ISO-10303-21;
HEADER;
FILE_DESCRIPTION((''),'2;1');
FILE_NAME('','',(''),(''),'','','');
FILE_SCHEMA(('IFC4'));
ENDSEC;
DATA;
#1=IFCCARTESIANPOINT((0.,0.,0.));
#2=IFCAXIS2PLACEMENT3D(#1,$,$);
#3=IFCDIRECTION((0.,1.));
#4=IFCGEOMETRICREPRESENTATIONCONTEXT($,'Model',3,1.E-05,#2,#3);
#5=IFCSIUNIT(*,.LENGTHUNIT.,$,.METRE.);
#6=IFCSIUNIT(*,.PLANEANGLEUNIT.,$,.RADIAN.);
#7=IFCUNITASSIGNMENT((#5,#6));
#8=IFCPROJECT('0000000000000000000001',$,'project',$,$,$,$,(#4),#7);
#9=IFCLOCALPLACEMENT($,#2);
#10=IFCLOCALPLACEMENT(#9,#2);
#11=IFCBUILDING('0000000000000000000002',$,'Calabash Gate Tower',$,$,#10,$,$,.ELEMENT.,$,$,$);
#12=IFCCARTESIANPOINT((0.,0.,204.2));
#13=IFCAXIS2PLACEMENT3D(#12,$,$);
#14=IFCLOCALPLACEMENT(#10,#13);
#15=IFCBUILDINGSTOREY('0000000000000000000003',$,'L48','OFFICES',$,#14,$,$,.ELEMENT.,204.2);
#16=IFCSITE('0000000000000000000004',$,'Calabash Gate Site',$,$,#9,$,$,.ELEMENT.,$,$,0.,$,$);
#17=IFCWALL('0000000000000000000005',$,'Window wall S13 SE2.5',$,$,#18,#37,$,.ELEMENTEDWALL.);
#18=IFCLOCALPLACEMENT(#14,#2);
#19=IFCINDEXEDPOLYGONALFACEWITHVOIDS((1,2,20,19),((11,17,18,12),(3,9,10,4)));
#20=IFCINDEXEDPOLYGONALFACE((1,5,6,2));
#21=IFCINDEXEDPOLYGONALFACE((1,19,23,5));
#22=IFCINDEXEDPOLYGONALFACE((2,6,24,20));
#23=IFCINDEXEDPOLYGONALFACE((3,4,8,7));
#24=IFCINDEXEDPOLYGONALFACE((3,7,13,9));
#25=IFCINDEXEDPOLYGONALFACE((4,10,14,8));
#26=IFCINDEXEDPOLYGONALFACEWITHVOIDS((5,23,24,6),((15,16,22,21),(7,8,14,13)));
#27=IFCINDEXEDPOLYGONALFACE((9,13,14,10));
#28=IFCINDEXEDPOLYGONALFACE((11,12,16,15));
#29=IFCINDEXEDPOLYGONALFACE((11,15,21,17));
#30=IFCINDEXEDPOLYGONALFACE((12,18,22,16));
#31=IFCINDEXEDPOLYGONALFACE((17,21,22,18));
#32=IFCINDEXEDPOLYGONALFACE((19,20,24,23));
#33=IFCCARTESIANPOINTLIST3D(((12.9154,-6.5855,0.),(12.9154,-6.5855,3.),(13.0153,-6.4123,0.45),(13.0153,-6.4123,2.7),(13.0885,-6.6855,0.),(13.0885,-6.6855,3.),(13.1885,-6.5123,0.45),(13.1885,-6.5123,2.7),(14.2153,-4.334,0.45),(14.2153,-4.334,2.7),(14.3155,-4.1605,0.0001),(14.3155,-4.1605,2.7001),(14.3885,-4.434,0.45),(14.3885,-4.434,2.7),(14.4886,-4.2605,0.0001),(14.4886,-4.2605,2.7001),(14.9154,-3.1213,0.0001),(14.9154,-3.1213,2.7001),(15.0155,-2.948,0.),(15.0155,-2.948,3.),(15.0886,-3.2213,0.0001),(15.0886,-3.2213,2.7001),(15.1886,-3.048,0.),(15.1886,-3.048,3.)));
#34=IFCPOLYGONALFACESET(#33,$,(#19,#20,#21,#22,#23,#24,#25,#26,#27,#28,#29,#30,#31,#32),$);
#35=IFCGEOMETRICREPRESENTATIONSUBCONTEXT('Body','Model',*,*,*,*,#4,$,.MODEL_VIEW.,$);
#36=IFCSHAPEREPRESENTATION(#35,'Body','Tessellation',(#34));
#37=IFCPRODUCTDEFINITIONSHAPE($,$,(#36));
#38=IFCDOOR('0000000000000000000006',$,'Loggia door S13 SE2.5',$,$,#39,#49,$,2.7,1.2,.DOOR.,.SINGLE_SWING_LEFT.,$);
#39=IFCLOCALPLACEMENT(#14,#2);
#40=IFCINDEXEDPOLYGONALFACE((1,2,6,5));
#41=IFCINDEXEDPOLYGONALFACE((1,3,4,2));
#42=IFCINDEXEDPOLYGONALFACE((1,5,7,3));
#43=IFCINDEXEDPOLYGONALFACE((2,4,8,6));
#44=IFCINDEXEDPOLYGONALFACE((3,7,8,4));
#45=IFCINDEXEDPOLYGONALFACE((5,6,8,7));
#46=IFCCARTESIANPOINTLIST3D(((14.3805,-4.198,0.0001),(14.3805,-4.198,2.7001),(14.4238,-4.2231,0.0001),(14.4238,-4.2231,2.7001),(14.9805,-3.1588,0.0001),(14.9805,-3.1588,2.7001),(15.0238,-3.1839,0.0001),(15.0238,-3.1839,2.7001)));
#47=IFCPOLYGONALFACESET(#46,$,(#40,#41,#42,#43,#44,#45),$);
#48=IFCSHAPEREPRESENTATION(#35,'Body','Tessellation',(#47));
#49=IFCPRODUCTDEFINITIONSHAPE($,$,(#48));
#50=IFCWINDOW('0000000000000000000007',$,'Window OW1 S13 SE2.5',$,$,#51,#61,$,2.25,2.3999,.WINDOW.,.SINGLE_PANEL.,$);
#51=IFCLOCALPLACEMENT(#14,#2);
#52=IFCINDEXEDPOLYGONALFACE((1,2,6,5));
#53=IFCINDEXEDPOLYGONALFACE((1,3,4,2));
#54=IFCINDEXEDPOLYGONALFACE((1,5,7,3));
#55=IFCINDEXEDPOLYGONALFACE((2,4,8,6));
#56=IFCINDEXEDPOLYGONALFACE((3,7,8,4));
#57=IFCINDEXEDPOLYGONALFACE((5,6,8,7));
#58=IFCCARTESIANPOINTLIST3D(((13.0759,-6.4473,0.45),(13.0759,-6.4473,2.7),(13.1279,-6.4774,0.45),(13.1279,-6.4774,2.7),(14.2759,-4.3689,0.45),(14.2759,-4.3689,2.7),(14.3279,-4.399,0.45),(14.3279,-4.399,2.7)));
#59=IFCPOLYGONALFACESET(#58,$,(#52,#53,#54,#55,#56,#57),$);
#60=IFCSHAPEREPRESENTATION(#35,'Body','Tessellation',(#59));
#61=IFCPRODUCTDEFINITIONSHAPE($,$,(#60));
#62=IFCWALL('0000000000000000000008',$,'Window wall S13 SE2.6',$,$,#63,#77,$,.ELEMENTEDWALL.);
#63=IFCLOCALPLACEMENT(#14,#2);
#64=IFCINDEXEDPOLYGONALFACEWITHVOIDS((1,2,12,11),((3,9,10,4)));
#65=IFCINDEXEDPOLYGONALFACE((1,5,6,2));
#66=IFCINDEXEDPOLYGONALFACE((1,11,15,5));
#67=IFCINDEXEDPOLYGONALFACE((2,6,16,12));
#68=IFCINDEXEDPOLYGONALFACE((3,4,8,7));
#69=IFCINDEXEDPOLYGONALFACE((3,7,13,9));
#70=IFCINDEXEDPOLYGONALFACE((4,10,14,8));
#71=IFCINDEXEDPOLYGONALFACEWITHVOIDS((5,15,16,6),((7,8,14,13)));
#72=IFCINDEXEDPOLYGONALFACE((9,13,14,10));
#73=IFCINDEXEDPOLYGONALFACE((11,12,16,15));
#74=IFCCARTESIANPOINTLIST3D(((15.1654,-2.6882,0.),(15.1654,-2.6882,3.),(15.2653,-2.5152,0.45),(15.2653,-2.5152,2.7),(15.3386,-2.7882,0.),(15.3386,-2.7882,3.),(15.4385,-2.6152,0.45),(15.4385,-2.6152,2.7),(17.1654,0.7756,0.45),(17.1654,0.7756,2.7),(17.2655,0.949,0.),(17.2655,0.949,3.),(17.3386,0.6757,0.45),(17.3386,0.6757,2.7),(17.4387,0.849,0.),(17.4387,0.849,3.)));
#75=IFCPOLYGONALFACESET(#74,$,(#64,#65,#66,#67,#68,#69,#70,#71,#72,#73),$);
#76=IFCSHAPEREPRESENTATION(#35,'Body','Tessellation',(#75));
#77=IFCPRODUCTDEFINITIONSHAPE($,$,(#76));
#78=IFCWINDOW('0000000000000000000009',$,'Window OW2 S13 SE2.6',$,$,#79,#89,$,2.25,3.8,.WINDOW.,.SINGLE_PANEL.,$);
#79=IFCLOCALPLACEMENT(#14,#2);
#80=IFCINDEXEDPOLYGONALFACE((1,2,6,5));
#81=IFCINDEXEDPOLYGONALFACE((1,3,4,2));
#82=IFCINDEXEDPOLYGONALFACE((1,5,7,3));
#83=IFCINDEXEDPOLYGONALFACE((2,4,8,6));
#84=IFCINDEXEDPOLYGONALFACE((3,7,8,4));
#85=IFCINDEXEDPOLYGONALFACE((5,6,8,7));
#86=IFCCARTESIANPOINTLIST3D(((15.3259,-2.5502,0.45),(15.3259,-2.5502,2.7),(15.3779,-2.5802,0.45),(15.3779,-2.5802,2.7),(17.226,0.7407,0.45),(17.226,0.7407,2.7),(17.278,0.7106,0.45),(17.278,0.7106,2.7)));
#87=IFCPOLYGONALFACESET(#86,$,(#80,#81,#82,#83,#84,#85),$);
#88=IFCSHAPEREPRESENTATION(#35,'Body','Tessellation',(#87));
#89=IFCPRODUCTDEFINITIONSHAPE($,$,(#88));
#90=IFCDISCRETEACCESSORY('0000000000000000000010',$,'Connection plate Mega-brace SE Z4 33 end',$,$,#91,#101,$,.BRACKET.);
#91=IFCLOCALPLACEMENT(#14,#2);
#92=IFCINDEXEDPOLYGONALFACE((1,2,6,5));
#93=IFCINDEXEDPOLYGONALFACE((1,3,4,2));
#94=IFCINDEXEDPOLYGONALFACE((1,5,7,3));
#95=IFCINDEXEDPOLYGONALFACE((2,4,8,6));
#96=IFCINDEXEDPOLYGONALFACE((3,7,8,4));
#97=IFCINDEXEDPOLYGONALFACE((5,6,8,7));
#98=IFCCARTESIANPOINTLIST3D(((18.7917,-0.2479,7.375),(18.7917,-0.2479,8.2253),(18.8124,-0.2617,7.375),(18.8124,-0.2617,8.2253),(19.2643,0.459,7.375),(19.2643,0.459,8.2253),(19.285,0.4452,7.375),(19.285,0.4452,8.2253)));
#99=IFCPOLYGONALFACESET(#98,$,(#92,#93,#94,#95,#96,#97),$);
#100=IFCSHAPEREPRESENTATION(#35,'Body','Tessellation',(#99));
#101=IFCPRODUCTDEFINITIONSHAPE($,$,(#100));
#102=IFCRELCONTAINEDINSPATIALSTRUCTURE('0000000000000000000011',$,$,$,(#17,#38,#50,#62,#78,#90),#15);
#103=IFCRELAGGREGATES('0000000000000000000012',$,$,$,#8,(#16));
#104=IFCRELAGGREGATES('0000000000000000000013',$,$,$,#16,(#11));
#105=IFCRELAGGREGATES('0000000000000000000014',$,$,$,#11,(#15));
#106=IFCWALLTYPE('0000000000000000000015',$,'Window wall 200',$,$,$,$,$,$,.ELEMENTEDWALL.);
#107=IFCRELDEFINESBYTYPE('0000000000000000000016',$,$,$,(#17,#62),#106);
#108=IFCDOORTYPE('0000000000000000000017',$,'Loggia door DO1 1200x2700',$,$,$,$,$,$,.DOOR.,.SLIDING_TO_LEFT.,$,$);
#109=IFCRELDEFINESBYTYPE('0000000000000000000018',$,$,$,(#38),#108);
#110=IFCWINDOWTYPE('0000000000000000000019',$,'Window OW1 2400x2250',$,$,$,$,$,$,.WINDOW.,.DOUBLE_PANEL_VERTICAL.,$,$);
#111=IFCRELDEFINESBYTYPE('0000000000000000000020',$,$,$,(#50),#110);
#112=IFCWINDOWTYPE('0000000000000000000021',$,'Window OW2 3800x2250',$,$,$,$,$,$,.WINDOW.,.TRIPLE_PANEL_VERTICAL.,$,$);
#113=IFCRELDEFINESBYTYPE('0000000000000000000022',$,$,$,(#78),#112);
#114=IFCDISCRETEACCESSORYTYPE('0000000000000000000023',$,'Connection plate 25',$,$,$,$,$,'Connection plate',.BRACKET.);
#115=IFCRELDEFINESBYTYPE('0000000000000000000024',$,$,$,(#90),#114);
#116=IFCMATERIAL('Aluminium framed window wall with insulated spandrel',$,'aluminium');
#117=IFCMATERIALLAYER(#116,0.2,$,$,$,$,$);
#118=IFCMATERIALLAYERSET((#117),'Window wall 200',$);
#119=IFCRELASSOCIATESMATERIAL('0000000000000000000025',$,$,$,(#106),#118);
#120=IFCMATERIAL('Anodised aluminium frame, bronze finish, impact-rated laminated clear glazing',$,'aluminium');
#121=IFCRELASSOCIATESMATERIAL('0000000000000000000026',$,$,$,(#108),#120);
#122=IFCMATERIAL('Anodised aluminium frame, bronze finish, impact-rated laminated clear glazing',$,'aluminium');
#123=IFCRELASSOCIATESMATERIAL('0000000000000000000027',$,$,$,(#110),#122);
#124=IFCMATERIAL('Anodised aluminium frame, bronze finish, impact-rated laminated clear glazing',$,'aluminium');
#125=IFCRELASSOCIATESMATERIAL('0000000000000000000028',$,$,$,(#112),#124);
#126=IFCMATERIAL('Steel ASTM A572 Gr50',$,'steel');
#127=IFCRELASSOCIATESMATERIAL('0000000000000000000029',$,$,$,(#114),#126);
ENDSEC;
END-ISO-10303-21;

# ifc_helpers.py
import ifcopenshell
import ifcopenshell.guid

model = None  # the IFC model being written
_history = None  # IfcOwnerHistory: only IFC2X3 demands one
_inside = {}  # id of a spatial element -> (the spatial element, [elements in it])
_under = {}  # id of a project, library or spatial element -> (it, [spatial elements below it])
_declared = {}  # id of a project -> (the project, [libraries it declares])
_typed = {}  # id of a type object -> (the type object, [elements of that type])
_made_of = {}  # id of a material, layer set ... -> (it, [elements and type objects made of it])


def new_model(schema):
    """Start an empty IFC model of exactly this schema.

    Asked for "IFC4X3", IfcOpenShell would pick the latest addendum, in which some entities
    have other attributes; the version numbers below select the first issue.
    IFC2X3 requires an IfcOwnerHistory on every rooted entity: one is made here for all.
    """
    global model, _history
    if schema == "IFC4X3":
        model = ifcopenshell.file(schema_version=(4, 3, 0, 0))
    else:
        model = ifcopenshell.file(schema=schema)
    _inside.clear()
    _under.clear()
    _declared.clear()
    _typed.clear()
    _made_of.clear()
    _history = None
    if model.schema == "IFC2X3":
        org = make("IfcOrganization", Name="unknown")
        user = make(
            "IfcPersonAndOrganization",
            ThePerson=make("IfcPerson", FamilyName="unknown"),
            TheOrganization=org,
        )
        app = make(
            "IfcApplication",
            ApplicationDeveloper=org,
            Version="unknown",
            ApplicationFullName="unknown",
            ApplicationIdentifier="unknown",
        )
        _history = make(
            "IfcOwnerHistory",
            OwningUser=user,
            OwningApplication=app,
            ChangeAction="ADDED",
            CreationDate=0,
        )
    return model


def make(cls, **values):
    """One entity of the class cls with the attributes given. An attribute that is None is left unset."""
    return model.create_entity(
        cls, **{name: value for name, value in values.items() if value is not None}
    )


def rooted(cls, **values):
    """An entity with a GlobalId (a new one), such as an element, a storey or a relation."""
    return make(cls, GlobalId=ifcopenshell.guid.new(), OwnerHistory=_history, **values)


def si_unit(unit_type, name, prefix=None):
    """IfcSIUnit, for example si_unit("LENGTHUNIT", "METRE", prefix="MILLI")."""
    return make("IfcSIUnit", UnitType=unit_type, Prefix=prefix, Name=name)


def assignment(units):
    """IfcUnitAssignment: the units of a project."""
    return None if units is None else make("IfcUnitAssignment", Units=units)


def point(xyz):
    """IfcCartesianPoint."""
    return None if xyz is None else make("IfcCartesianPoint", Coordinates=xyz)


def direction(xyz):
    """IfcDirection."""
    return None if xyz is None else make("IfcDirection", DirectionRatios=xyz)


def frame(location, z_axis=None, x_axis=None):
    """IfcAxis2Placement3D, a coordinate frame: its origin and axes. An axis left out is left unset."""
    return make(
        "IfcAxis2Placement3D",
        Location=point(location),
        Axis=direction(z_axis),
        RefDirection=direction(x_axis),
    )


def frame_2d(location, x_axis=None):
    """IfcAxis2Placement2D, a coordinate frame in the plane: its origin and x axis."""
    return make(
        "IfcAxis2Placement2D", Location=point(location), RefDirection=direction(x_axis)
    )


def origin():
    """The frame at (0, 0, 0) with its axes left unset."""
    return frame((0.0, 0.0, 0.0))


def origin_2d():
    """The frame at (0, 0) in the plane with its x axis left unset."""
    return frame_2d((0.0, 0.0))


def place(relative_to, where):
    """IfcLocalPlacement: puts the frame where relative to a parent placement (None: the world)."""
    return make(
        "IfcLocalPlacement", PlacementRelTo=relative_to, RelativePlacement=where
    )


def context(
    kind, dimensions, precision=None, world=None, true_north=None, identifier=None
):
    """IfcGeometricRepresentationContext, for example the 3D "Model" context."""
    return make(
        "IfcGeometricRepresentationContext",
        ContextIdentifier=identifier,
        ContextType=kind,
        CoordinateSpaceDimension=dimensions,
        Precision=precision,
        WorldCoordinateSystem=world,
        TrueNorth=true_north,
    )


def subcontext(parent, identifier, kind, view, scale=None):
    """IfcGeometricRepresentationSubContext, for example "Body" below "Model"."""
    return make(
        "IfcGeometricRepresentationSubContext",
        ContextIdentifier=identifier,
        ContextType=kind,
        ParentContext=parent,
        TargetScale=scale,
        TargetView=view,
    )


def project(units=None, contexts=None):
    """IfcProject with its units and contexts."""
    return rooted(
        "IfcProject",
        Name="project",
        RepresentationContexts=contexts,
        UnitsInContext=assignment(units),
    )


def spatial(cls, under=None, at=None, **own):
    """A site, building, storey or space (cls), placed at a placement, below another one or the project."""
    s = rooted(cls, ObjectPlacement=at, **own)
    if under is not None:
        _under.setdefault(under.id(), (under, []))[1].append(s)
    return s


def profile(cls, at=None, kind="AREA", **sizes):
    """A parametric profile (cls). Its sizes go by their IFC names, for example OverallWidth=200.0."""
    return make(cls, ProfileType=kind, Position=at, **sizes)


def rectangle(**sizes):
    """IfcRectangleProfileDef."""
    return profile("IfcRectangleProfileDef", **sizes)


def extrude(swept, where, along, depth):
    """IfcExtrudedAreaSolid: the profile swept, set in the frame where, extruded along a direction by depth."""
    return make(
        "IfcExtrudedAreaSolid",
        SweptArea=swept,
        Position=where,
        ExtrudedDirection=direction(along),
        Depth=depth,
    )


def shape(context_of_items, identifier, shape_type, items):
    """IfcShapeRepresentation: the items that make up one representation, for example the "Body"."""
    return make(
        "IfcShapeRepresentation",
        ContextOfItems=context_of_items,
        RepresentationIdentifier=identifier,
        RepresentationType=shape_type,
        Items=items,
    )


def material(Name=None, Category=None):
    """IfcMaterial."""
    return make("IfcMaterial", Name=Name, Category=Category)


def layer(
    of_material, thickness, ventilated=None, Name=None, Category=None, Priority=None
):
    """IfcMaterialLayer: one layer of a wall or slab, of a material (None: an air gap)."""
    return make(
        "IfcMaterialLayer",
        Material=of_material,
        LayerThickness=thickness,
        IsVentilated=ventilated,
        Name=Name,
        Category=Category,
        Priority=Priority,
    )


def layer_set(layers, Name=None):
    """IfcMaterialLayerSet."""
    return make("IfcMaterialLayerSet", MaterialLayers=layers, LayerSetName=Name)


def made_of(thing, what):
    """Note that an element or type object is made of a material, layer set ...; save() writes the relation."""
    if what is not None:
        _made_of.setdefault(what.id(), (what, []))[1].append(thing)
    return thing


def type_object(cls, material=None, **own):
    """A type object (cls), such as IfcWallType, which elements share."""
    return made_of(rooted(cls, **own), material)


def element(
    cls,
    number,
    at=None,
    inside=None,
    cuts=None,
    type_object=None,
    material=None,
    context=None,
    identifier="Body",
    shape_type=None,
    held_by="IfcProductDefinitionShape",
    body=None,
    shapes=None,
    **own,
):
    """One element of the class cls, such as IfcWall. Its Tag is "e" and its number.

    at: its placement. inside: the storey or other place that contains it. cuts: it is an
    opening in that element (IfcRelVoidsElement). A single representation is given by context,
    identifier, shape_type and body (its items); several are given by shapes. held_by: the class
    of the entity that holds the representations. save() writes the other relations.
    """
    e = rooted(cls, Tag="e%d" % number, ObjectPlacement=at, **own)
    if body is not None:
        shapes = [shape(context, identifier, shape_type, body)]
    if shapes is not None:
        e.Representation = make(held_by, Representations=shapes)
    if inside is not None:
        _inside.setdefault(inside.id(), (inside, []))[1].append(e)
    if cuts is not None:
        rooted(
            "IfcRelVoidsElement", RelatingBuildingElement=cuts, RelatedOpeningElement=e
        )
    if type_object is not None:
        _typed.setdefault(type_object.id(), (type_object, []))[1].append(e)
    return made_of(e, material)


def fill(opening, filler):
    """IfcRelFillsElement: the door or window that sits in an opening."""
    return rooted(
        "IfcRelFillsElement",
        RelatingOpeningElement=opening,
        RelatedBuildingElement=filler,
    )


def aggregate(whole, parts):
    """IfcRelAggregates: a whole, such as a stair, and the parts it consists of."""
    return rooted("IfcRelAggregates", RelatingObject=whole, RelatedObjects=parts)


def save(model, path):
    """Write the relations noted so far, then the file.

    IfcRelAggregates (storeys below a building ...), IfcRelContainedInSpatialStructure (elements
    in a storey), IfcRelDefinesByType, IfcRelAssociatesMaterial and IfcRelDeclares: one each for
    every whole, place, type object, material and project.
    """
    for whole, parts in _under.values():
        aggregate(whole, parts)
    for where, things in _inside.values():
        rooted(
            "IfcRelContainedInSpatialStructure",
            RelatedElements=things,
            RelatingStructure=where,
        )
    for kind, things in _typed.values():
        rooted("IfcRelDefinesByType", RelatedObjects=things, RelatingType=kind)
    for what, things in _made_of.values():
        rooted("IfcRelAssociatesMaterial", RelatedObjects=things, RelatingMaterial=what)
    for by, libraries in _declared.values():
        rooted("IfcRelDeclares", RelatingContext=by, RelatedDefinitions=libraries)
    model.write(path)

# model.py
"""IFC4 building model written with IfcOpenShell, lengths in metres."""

from ifc_helpers import new_model, si_unit, direction, frame, frame_2d, origin, origin_2d, place, context, subcontext, project, spatial, rectangle, extrude, material, layer, layer_set, type_object, element, fill, save


model = new_model("IFC4")

# Units and contexts
model_context = context("Model", 3, precision=1e-05, world=origin(), true_north=direction((0.0, 1.0)))
body_context = subcontext(model_context, "Body", "Model", "MODEL_VIEW")
ifc_project = project(units=[si_unit("LENGTHUNIT", "METRE"), si_unit("PLANEANGLEUNIT", "RADIAN")], contexts=[model_context])

# Site, building, storey
site_placement = place(None, origin())
site = spatial("IfcSite", under=ifc_project, at=site_placement, Name="Calabash Gate Site", CompositionType="ELEMENT", RefElevation=0.0)
building_placement = place(site_placement, origin())
building = spatial("IfcBuilding", under=site, at=building_placement, Name="Calabash Gate Tower", CompositionType="ELEMENT")
storey_placement = place(building_placement, frame((0.0, 0.0, 204.2)))
storey = spatial("IfcBuildingStorey", under=building, at=storey_placement, Name="L48", Description="OFFICES", CompositionType="ELEMENT", Elevation=204.2)

# Wall, openings, door, window
ifc_material_1 = material(Name="Aluminium framed window wall with insulated spandrel", Category="aluminium")
ifc_layer_1 = layer(ifc_material_1, 0.2)
ifc_layer_set_1 = layer_set([ifc_layer_1], Name="Window wall 200")
wall_type_1 = type_object("IfcWallType", Name="Window wall 200", PredefinedType="ELEMENTEDWALL", material=ifc_layer_set_1)
wall_1_placement = place(storey_placement, frame((13.002, -6.6355, 0.0), z_axis=(0.0, 0.0, 1.0), x_axis=(0.500003, 0.866024, 0.0)))
wall_1 = element("IfcWall", 1, at=wall_1_placement, inside=storey, type_object=wall_type_1, Name="Window wall S13 SE2.5", PredefinedType="ELEMENTEDWALL", context=body_context, shape_type="SweptSolid", body=[
    extrude(rectangle(XDim=4.2002, YDim=0.2, at=frame_2d((2.1001, 0.0))), origin(), (0.0, 0.0, 1.0), 3.0),
])
opening_1_placement = place(wall_1_placement, frame((0.2, 0.0, 0.45)))
opening_1 = element("IfcOpeningElement", 2, at=opening_1_placement, cuts=wall_1, PredefinedType="OPENING", context=body_context, shape_type="SweptSolid", body=[
    extrude(rectangle(XDim=2.3999, YDim=2.25, at=frame_2d((1.2, 1.125))), frame((0.0, 0.1099, 0.0), z_axis=(0.0, -1.0, 0.0), x_axis=(1.0, 0.0, 0.0)), (0.0, 0.0, 1.0), 0.22),
])
opening_2_placement = place(wall_1_placement, frame((2.8, 0.0, 0.0)))
opening_2 = element("IfcOpeningElement", 3, at=opening_2_placement, cuts=wall_1, PredefinedType="OPENING", context=body_context, shape_type="SweptSolid", body=[
    extrude(rectangle(XDim=1.2, YDim=2.7, at=frame_2d((0.6001, 1.3501))), frame((0.0, 0.1099, 0.0), z_axis=(0.0, -1.0, 0.0), x_axis=(1.0, 0.0, 0.0)), (0.0, 0.0, 1.0), 0.22),
])
ifc_material_2 = material(Name="Anodised aluminium frame, bronze finish, impact-rated laminated clear glazing", Category="aluminium")
door_type_1 = type_object("IfcDoorType", Name="Loggia door DO1 1200x2700", OperationType="SLIDING_TO_LEFT", PredefinedType="DOOR", material=ifc_material_2)
door_1_placement = place(opening_2_placement, origin())
door_1 = element("IfcDoor", 4, at=door_1_placement, inside=storey, type_object=door_type_1, Name="Loggia door S13 SE2.5", OperationType="SINGLE_SWING_LEFT", OverallHeight=2.7, OverallWidth=1.2, PredefinedType="DOOR", context=body_context, shape_type="SweptSolid", body=[
    extrude(rectangle(XDim=1.2, YDim=2.7, at=frame_2d((0.6001, 1.3501))), frame((0.0, 0.0249, 0.0), z_axis=(0.0, -1.0, 0.0), x_axis=(1.0, 0.0, 0.0)), (0.0, 0.0, 1.0), 0.05),
])
fill(opening_2, door_1)
ifc_material_3 = material(Name="Anodised aluminium frame, bronze finish, impact-rated laminated clear glazing", Category="aluminium")
window_type_1 = type_object("IfcWindowType", Name="Window OW1 2400x2250", PartitioningType="DOUBLE_PANEL_VERTICAL", PredefinedType="WINDOW", material=ifc_material_3)
window_1_placement = place(opening_1_placement, origin())
window_1 = element("IfcWindow", 5, at=window_1_placement, inside=storey, type_object=window_type_1, Name="Window OW1 S13 SE2.5", OverallHeight=2.25, OverallWidth=2.3999, PartitioningType="SINGLE_PANEL", PredefinedType="WINDOW", context=body_context, shape_type="SweptSolid", body=[
    extrude(rectangle(XDim=2.3999, YDim=2.25, at=frame_2d((1.2, 1.125))), frame((0.0, 0.03, 0.0), z_axis=(0.0, -1.0, 0.0), x_axis=(1.0, 0.0, 0.0)), (0.0, 0.0, 1.0), 0.0601),
])
fill(opening_1, window_1)

# Wall, opening, window
wall_2_placement = place(storey_placement, frame((15.252, -2.7383, 0.0), z_axis=(0.0, 0.0, 1.0), x_axis=(0.500028, 0.866009, 0.0)))
wall_2 = element("IfcWall", 6, at=wall_2_placement, inside=storey, type_object=wall_type_1, Name="Window wall S13 SE2.6", PredefinedType="ELEMENTEDWALL", context=body_context, shape_type="SweptSolid", body=[
    extrude(rectangle(XDim=4.2, YDim=0.2, at=frame_2d((2.1001, 0.0))), origin(), (0.0, 0.0, 1.0), 3.0),
])
opening_3_placement = place(wall_2_placement, frame((0.2, 0.0, 0.45)))
opening_3 = element("IfcOpeningElement", 7, at=opening_3_placement, cuts=wall_2, PredefinedType="OPENING", context=body_context, shape_type="SweptSolid", body=[
    extrude(rectangle(XDim=3.8, YDim=2.25, at=frame_2d((1.8999, 1.125))), frame((0.0, 0.1099, 0.0), z_axis=(0.0, -1.0, 0.0), x_axis=(1.0, 0.0, 0.0)), (0.0, 0.0, 1.0), 0.22),
])
ifc_material_4 = material(Name="Anodised aluminium frame, bronze finish, impact-rated laminated clear glazing", Category="aluminium")
window_type_2 = type_object("IfcWindowType", Name="Window OW2 3800x2250", PartitioningType="TRIPLE_PANEL_VERTICAL", PredefinedType="WINDOW", material=ifc_material_4)
window_2_placement = place(opening_3_placement, origin())
window_2 = element("IfcWindow", 8, at=window_2_placement, inside=storey, type_object=window_type_2, Name="Window OW2 S13 SE2.6", OverallHeight=2.25, OverallWidth=3.8, PartitioningType="SINGLE_PANEL", PredefinedType="WINDOW", context=body_context, shape_type="SweptSolid", body=[
    extrude(rectangle(XDim=3.8, YDim=2.25, at=frame_2d((1.8999, 1.125))), frame((0.0, 0.03, 0.0), z_axis=(0.0, -1.0, 0.0), x_axis=(1.0, 0.0, 0.0)), (0.0, 0.0, 1.0), 0.0601),
])
fill(opening_3, window_2)

# Discrete accessory
ifc_material_5 = material(Name="Steel ASTM A572 Gr50", Category="steel")
discrete_accessory_type = type_object("IfcDiscreteAccessoryType", Name="Connection plate 25", ElementType="Connection plate", PredefinedType="BRACKET", material=ifc_material_5)
discrete_accessory_placement = place(storey_placement, frame((19.0383, 0.0986, 7.375), z_axis=(0.0, 0.0, 1.0), x_axis=(-0.555828, -0.831297, 0.0)))
element("IfcDiscreteAccessory", 9, at=discrete_accessory_placement, inside=storey, type_object=discrete_accessory_type, Name="Connection plate Mega-brace SE Z4 33 end", PredefinedType="BRACKET", context=body_context, shape_type="SweptSolid", body=[
    extrude(rectangle(XDim=0.8503, YDim=0.0249, at=origin_2d()), origin(), (0.0, 0.0, 1.0), 0.8503),
])

save(model, "model.ifc")
